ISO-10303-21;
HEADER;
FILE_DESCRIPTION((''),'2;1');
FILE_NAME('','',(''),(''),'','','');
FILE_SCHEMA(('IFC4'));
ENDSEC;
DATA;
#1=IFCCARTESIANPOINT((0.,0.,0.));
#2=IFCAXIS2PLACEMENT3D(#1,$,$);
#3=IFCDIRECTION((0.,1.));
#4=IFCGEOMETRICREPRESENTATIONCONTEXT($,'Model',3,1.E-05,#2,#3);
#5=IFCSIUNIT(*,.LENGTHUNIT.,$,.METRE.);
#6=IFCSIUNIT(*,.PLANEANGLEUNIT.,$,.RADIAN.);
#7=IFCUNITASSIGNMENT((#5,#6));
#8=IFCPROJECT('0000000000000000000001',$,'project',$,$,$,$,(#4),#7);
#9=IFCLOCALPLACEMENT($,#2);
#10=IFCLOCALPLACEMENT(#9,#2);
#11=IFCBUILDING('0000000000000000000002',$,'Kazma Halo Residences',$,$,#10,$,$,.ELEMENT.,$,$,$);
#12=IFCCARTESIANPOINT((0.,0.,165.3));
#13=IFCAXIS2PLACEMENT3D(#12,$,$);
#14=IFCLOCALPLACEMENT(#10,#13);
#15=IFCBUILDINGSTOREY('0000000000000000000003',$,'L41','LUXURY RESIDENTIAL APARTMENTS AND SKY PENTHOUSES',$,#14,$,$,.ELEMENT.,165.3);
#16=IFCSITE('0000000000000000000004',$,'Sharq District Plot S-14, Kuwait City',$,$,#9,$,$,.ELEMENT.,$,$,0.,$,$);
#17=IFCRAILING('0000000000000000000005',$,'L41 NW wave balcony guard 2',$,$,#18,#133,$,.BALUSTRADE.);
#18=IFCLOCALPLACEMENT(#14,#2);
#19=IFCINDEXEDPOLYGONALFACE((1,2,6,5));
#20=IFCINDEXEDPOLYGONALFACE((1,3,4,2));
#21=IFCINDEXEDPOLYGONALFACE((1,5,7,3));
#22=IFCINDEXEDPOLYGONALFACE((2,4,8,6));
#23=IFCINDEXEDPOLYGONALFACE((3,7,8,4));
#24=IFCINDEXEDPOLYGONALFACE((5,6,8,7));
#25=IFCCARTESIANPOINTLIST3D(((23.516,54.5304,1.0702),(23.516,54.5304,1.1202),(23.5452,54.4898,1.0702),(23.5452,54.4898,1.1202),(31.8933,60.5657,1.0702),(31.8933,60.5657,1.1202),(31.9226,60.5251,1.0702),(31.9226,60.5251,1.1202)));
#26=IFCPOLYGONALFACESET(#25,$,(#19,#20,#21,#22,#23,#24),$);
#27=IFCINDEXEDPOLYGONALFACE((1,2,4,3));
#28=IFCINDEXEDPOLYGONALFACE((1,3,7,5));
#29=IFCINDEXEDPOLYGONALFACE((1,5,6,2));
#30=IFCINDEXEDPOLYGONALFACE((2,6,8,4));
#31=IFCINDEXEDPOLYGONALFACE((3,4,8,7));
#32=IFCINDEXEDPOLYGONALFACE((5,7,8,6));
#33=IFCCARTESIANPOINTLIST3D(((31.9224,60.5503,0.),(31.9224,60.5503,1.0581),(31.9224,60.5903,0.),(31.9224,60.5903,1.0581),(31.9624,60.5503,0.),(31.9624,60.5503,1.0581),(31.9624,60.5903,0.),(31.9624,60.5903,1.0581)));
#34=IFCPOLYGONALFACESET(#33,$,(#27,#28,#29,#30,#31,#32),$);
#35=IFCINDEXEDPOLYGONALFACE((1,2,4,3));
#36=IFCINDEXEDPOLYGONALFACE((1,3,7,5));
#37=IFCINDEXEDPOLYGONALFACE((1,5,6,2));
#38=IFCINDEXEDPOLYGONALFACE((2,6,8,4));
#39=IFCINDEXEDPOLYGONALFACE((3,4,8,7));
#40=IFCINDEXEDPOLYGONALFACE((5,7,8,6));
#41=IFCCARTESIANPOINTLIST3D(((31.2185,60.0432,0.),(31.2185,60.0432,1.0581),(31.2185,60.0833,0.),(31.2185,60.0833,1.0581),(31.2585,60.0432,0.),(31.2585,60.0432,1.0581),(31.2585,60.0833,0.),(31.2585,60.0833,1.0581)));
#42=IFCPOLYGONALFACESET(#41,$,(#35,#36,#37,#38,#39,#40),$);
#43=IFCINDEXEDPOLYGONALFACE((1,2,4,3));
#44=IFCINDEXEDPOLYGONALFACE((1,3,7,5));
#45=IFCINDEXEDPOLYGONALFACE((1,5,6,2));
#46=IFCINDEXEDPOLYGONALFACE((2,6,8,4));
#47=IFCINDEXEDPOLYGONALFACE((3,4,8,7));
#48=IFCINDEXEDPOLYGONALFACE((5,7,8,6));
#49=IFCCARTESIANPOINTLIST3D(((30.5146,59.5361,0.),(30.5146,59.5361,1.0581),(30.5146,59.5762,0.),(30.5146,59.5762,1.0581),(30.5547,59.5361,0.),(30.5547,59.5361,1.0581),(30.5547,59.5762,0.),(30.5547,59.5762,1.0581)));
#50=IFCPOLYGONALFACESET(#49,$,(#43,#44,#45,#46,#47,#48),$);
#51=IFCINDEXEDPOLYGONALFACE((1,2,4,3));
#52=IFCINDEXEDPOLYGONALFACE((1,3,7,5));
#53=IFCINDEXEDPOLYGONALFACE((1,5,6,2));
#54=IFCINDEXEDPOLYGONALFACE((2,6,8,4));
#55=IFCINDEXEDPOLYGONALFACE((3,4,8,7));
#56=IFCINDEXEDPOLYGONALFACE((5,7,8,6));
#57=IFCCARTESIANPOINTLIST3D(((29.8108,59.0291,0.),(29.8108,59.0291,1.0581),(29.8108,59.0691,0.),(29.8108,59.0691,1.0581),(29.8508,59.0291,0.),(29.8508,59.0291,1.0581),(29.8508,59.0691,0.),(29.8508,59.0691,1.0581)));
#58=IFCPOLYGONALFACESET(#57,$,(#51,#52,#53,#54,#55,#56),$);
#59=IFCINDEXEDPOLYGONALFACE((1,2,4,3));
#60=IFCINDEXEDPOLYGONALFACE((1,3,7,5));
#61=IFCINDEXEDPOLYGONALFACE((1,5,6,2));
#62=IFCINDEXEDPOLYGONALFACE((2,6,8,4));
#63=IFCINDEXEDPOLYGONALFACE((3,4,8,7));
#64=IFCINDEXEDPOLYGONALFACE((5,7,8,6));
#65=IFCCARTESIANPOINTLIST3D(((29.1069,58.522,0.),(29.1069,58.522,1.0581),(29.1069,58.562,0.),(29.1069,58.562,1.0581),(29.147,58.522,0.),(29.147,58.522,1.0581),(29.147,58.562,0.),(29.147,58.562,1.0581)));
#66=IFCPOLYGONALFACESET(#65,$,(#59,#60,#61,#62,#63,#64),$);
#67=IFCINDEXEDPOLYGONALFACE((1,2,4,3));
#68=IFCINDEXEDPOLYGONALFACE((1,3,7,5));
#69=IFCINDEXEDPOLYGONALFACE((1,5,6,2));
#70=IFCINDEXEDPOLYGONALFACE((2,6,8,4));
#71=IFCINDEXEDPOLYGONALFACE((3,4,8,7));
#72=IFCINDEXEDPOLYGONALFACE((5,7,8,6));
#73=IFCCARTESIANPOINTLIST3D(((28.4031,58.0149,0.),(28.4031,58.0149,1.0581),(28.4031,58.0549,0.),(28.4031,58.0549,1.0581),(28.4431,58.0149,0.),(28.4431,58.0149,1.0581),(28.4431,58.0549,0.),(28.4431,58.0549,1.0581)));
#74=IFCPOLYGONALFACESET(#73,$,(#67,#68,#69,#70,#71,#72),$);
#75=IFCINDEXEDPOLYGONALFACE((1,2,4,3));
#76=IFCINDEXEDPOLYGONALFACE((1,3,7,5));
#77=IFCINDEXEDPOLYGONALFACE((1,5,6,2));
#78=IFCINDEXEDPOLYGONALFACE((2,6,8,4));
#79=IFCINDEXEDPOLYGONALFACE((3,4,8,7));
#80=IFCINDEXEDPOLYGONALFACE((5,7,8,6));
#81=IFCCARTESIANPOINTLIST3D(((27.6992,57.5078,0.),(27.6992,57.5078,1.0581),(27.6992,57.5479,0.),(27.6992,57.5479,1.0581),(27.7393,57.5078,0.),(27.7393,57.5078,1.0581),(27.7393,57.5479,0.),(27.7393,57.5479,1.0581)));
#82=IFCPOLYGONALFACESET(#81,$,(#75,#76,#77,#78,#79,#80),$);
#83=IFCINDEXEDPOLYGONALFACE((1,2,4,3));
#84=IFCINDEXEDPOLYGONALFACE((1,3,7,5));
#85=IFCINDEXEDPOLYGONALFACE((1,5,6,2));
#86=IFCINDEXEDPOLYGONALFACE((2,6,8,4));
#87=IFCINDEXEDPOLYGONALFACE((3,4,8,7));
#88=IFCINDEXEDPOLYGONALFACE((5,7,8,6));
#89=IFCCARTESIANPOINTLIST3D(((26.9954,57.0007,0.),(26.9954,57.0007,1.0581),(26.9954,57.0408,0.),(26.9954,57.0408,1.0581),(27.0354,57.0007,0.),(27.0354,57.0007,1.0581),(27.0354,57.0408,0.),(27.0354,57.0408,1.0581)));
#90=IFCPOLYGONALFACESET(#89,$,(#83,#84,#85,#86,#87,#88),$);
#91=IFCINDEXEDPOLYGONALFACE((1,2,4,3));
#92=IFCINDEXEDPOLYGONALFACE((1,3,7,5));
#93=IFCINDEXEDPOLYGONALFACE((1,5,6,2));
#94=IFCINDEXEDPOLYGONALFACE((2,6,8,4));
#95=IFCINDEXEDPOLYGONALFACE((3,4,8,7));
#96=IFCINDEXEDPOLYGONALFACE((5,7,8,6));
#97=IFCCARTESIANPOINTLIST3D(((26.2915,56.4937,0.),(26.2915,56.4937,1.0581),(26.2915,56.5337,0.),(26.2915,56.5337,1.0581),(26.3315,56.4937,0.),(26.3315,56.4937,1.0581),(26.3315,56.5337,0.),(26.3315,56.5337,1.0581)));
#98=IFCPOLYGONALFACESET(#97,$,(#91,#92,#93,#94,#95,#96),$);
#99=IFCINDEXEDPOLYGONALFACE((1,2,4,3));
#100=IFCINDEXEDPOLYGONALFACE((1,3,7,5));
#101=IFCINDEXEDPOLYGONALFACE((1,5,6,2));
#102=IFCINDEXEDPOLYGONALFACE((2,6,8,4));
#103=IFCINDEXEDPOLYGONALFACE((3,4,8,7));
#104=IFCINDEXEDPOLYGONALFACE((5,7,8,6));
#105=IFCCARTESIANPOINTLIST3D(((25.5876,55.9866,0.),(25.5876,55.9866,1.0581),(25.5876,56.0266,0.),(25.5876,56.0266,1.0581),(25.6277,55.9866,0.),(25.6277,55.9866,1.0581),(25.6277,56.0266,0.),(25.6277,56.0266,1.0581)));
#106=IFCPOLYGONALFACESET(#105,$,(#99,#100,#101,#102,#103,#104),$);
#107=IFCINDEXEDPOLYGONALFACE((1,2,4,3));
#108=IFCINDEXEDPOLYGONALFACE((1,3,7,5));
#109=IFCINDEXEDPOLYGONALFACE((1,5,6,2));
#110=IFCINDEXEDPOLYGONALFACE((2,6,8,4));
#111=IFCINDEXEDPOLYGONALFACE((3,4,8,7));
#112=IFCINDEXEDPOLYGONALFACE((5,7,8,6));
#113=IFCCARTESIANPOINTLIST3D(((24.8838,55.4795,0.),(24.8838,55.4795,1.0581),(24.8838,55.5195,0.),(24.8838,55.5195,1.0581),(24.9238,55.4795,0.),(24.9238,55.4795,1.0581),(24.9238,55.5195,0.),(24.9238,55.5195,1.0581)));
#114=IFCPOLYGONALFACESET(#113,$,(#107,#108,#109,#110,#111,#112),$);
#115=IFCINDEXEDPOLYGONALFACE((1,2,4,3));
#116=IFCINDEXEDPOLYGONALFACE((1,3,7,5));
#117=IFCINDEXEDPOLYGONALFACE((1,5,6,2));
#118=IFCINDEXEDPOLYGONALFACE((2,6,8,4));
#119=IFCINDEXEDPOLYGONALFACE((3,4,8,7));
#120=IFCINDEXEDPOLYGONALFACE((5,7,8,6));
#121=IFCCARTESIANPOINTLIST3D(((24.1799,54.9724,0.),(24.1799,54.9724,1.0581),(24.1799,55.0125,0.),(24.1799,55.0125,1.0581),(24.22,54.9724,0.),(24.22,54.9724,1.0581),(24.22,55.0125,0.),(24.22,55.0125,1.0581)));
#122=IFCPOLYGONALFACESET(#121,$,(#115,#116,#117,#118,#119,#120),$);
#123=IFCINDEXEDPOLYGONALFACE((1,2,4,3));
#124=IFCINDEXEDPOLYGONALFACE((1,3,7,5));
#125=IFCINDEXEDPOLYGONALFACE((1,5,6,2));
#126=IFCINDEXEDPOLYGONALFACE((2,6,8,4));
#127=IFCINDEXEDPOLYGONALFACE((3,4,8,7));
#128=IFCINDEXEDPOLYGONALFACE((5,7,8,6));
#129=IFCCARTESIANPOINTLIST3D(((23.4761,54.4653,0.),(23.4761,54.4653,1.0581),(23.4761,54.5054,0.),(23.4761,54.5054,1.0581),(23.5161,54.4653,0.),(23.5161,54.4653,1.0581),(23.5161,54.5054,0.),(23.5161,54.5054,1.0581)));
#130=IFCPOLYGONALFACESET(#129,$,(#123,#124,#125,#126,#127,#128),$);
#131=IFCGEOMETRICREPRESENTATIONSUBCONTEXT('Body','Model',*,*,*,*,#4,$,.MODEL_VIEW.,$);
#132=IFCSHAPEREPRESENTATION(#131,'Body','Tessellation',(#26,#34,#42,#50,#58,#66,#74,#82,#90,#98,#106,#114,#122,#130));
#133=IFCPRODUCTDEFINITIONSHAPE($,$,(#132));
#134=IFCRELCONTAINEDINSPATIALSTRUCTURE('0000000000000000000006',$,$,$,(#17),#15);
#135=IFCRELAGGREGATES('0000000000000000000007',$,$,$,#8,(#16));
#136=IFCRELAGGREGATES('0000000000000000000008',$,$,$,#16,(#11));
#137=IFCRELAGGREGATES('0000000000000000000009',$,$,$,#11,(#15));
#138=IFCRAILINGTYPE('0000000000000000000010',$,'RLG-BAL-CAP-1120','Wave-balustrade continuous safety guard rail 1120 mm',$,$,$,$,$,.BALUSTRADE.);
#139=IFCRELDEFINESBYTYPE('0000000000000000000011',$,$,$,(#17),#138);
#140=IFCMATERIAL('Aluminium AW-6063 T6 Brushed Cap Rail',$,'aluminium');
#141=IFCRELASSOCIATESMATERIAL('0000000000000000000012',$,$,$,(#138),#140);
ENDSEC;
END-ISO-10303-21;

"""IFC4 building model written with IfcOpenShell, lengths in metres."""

from ifc_helpers import new_model, si_unit, direction, frame, origin, origin_2d, place, context, subcontext, project, spatial, rectangle, extrude, material, type_object, element, save


model = new_model("IFC4")

# Units and contexts
model_context = context("Model", 3, precision=1e-05, world=origin(), true_north=direction((0.0, 1.0)))
body_context = subcontext(model_context, "Body", "Model", "MODEL_VIEW")
ifc_project = project(units=[si_unit("LENGTHUNIT", "METRE"), si_unit("PLANEANGLEUNIT", "RADIAN")], contexts=[model_context])

# Site, building, storey
site_placement = place(None, origin())
site = spatial("IfcSite", under=ifc_project, at=site_placement, Name="Sharq District Plot S-14, Kuwait City", CompositionType="ELEMENT", RefElevation=0.0)
building_placement = place(site_placement, origin())
building = spatial("IfcBuilding", under=site, at=building_placement, Name="Kazma Halo Residences", CompositionType="ELEMENT")
storey_placement = place(building_placement, frame((0.0, 0.0, 165.3)))
storey = spatial("IfcBuildingStorey", under=building, at=storey_placement, Name="L41", Description="LUXURY RESIDENTIAL APARTMENTS AND SKY PENTHOUSES", CompositionType="ELEMENT", Elevation=165.3)

# Railing
ifc_material_1 = material(Name="Aluminium AW-6063 T6 Brushed Cap Rail", Category="aluminium")
railing_type = type_object("IfcRailingType", Name="RLG-BAL-CAP-1120", Description="Wave-balustrade continuous safety guard rail 1120 mm", PredefinedType="BALUSTRADE", material=ifc_material_1)
railing_1_placement = place(storey_placement, frame((31.9424, 60.5703, 0.0)))
element("IfcRailing", 1, at=railing_1_placement, inside=storey, type_object=railing_type, Name="L41 NW wave balcony guard 2", PredefinedType="BALUSTRADE", context=body_context, shape_type="SweptSolid", body=[
    extrude(rectangle(XDim=0.05, YDim=0.05, at=origin_2d()), frame((-0.0344, -0.0249, 1.0952), z_axis=(-0.811369, -0.584535, 0.0), x_axis=(0.584535, -0.811369, 0.0)), (0.0, 0.0, 1.0), 10.325),
    extrude(rectangle(XDim=0.04, YDim=0.04, at=origin_2d()), origin(), (0.0, 0.0, 1.0), 1.0581),
    extrude(rectangle(XDim=0.04, YDim=0.04, at=origin_2d()), frame((-0.7039, -0.5071, 0.0)), (0.0, 0.0, 1.0), 1.0581),
    extrude(rectangle(XDim=0.04, YDim=0.04, at=origin_2d()), frame((-1.4077, -1.0142, 0.0)), (0.0, 0.0, 1.0), 1.0581),
    extrude(rectangle(XDim=0.04, YDim=0.04, at=origin_2d()), frame((-2.1116, -1.5212, 0.0)), (0.0, 0.0, 1.0), 1.0581),
    extrude(rectangle(XDim=0.04, YDim=0.04, at=origin_2d()), frame((-2.8154, -2.0283, 0.0)), (0.0, 0.0, 1.0), 1.0581),
    extrude(rectangle(XDim=0.04, YDim=0.04, at=origin_2d()), frame((-3.5193, -2.5354, 0.0)), (0.0, 0.0, 1.0), 1.0581),
    extrude(rectangle(XDim=0.04, YDim=0.04, at=origin_2d()), frame((-4.2231, -3.0425, 0.0)), (0.0, 0.0, 1.0), 1.0581),
    extrude(rectangle(XDim=0.04, YDim=0.04, at=origin_2d()), frame((-4.927, -3.5496, 0.0)), (0.0, 0.0, 1.0), 1.0581),
    extrude(rectangle(XDim=0.04, YDim=0.04, at=origin_2d()), frame((-5.6309, -4.0566, 0.0)), (0.0, 0.0, 1.0), 1.0581),
    extrude(rectangle(XDim=0.04, YDim=0.04, at=origin_2d()), frame((-6.3347, -4.5637, 0.0)), (0.0, 0.0, 1.0), 1.0581),
    extrude(rectangle(XDim=0.04, YDim=0.04, at=origin_2d()), frame((-7.0386, -5.0708, 0.0)), (0.0, 0.0, 1.0), 1.0581),
    extrude(rectangle(XDim=0.04, YDim=0.04, at=origin_2d()), frame((-7.7424, -5.5779, 0.0)), (0.0, 0.0, 1.0), 1.0581),
    extrude(rectangle(XDim=0.04, YDim=0.04, at=origin_2d()), frame((-8.4463, -6.085, 0.0)), (0.0, 0.0, 1.0), 1.0581),
])

save(model, "model.ifc")
